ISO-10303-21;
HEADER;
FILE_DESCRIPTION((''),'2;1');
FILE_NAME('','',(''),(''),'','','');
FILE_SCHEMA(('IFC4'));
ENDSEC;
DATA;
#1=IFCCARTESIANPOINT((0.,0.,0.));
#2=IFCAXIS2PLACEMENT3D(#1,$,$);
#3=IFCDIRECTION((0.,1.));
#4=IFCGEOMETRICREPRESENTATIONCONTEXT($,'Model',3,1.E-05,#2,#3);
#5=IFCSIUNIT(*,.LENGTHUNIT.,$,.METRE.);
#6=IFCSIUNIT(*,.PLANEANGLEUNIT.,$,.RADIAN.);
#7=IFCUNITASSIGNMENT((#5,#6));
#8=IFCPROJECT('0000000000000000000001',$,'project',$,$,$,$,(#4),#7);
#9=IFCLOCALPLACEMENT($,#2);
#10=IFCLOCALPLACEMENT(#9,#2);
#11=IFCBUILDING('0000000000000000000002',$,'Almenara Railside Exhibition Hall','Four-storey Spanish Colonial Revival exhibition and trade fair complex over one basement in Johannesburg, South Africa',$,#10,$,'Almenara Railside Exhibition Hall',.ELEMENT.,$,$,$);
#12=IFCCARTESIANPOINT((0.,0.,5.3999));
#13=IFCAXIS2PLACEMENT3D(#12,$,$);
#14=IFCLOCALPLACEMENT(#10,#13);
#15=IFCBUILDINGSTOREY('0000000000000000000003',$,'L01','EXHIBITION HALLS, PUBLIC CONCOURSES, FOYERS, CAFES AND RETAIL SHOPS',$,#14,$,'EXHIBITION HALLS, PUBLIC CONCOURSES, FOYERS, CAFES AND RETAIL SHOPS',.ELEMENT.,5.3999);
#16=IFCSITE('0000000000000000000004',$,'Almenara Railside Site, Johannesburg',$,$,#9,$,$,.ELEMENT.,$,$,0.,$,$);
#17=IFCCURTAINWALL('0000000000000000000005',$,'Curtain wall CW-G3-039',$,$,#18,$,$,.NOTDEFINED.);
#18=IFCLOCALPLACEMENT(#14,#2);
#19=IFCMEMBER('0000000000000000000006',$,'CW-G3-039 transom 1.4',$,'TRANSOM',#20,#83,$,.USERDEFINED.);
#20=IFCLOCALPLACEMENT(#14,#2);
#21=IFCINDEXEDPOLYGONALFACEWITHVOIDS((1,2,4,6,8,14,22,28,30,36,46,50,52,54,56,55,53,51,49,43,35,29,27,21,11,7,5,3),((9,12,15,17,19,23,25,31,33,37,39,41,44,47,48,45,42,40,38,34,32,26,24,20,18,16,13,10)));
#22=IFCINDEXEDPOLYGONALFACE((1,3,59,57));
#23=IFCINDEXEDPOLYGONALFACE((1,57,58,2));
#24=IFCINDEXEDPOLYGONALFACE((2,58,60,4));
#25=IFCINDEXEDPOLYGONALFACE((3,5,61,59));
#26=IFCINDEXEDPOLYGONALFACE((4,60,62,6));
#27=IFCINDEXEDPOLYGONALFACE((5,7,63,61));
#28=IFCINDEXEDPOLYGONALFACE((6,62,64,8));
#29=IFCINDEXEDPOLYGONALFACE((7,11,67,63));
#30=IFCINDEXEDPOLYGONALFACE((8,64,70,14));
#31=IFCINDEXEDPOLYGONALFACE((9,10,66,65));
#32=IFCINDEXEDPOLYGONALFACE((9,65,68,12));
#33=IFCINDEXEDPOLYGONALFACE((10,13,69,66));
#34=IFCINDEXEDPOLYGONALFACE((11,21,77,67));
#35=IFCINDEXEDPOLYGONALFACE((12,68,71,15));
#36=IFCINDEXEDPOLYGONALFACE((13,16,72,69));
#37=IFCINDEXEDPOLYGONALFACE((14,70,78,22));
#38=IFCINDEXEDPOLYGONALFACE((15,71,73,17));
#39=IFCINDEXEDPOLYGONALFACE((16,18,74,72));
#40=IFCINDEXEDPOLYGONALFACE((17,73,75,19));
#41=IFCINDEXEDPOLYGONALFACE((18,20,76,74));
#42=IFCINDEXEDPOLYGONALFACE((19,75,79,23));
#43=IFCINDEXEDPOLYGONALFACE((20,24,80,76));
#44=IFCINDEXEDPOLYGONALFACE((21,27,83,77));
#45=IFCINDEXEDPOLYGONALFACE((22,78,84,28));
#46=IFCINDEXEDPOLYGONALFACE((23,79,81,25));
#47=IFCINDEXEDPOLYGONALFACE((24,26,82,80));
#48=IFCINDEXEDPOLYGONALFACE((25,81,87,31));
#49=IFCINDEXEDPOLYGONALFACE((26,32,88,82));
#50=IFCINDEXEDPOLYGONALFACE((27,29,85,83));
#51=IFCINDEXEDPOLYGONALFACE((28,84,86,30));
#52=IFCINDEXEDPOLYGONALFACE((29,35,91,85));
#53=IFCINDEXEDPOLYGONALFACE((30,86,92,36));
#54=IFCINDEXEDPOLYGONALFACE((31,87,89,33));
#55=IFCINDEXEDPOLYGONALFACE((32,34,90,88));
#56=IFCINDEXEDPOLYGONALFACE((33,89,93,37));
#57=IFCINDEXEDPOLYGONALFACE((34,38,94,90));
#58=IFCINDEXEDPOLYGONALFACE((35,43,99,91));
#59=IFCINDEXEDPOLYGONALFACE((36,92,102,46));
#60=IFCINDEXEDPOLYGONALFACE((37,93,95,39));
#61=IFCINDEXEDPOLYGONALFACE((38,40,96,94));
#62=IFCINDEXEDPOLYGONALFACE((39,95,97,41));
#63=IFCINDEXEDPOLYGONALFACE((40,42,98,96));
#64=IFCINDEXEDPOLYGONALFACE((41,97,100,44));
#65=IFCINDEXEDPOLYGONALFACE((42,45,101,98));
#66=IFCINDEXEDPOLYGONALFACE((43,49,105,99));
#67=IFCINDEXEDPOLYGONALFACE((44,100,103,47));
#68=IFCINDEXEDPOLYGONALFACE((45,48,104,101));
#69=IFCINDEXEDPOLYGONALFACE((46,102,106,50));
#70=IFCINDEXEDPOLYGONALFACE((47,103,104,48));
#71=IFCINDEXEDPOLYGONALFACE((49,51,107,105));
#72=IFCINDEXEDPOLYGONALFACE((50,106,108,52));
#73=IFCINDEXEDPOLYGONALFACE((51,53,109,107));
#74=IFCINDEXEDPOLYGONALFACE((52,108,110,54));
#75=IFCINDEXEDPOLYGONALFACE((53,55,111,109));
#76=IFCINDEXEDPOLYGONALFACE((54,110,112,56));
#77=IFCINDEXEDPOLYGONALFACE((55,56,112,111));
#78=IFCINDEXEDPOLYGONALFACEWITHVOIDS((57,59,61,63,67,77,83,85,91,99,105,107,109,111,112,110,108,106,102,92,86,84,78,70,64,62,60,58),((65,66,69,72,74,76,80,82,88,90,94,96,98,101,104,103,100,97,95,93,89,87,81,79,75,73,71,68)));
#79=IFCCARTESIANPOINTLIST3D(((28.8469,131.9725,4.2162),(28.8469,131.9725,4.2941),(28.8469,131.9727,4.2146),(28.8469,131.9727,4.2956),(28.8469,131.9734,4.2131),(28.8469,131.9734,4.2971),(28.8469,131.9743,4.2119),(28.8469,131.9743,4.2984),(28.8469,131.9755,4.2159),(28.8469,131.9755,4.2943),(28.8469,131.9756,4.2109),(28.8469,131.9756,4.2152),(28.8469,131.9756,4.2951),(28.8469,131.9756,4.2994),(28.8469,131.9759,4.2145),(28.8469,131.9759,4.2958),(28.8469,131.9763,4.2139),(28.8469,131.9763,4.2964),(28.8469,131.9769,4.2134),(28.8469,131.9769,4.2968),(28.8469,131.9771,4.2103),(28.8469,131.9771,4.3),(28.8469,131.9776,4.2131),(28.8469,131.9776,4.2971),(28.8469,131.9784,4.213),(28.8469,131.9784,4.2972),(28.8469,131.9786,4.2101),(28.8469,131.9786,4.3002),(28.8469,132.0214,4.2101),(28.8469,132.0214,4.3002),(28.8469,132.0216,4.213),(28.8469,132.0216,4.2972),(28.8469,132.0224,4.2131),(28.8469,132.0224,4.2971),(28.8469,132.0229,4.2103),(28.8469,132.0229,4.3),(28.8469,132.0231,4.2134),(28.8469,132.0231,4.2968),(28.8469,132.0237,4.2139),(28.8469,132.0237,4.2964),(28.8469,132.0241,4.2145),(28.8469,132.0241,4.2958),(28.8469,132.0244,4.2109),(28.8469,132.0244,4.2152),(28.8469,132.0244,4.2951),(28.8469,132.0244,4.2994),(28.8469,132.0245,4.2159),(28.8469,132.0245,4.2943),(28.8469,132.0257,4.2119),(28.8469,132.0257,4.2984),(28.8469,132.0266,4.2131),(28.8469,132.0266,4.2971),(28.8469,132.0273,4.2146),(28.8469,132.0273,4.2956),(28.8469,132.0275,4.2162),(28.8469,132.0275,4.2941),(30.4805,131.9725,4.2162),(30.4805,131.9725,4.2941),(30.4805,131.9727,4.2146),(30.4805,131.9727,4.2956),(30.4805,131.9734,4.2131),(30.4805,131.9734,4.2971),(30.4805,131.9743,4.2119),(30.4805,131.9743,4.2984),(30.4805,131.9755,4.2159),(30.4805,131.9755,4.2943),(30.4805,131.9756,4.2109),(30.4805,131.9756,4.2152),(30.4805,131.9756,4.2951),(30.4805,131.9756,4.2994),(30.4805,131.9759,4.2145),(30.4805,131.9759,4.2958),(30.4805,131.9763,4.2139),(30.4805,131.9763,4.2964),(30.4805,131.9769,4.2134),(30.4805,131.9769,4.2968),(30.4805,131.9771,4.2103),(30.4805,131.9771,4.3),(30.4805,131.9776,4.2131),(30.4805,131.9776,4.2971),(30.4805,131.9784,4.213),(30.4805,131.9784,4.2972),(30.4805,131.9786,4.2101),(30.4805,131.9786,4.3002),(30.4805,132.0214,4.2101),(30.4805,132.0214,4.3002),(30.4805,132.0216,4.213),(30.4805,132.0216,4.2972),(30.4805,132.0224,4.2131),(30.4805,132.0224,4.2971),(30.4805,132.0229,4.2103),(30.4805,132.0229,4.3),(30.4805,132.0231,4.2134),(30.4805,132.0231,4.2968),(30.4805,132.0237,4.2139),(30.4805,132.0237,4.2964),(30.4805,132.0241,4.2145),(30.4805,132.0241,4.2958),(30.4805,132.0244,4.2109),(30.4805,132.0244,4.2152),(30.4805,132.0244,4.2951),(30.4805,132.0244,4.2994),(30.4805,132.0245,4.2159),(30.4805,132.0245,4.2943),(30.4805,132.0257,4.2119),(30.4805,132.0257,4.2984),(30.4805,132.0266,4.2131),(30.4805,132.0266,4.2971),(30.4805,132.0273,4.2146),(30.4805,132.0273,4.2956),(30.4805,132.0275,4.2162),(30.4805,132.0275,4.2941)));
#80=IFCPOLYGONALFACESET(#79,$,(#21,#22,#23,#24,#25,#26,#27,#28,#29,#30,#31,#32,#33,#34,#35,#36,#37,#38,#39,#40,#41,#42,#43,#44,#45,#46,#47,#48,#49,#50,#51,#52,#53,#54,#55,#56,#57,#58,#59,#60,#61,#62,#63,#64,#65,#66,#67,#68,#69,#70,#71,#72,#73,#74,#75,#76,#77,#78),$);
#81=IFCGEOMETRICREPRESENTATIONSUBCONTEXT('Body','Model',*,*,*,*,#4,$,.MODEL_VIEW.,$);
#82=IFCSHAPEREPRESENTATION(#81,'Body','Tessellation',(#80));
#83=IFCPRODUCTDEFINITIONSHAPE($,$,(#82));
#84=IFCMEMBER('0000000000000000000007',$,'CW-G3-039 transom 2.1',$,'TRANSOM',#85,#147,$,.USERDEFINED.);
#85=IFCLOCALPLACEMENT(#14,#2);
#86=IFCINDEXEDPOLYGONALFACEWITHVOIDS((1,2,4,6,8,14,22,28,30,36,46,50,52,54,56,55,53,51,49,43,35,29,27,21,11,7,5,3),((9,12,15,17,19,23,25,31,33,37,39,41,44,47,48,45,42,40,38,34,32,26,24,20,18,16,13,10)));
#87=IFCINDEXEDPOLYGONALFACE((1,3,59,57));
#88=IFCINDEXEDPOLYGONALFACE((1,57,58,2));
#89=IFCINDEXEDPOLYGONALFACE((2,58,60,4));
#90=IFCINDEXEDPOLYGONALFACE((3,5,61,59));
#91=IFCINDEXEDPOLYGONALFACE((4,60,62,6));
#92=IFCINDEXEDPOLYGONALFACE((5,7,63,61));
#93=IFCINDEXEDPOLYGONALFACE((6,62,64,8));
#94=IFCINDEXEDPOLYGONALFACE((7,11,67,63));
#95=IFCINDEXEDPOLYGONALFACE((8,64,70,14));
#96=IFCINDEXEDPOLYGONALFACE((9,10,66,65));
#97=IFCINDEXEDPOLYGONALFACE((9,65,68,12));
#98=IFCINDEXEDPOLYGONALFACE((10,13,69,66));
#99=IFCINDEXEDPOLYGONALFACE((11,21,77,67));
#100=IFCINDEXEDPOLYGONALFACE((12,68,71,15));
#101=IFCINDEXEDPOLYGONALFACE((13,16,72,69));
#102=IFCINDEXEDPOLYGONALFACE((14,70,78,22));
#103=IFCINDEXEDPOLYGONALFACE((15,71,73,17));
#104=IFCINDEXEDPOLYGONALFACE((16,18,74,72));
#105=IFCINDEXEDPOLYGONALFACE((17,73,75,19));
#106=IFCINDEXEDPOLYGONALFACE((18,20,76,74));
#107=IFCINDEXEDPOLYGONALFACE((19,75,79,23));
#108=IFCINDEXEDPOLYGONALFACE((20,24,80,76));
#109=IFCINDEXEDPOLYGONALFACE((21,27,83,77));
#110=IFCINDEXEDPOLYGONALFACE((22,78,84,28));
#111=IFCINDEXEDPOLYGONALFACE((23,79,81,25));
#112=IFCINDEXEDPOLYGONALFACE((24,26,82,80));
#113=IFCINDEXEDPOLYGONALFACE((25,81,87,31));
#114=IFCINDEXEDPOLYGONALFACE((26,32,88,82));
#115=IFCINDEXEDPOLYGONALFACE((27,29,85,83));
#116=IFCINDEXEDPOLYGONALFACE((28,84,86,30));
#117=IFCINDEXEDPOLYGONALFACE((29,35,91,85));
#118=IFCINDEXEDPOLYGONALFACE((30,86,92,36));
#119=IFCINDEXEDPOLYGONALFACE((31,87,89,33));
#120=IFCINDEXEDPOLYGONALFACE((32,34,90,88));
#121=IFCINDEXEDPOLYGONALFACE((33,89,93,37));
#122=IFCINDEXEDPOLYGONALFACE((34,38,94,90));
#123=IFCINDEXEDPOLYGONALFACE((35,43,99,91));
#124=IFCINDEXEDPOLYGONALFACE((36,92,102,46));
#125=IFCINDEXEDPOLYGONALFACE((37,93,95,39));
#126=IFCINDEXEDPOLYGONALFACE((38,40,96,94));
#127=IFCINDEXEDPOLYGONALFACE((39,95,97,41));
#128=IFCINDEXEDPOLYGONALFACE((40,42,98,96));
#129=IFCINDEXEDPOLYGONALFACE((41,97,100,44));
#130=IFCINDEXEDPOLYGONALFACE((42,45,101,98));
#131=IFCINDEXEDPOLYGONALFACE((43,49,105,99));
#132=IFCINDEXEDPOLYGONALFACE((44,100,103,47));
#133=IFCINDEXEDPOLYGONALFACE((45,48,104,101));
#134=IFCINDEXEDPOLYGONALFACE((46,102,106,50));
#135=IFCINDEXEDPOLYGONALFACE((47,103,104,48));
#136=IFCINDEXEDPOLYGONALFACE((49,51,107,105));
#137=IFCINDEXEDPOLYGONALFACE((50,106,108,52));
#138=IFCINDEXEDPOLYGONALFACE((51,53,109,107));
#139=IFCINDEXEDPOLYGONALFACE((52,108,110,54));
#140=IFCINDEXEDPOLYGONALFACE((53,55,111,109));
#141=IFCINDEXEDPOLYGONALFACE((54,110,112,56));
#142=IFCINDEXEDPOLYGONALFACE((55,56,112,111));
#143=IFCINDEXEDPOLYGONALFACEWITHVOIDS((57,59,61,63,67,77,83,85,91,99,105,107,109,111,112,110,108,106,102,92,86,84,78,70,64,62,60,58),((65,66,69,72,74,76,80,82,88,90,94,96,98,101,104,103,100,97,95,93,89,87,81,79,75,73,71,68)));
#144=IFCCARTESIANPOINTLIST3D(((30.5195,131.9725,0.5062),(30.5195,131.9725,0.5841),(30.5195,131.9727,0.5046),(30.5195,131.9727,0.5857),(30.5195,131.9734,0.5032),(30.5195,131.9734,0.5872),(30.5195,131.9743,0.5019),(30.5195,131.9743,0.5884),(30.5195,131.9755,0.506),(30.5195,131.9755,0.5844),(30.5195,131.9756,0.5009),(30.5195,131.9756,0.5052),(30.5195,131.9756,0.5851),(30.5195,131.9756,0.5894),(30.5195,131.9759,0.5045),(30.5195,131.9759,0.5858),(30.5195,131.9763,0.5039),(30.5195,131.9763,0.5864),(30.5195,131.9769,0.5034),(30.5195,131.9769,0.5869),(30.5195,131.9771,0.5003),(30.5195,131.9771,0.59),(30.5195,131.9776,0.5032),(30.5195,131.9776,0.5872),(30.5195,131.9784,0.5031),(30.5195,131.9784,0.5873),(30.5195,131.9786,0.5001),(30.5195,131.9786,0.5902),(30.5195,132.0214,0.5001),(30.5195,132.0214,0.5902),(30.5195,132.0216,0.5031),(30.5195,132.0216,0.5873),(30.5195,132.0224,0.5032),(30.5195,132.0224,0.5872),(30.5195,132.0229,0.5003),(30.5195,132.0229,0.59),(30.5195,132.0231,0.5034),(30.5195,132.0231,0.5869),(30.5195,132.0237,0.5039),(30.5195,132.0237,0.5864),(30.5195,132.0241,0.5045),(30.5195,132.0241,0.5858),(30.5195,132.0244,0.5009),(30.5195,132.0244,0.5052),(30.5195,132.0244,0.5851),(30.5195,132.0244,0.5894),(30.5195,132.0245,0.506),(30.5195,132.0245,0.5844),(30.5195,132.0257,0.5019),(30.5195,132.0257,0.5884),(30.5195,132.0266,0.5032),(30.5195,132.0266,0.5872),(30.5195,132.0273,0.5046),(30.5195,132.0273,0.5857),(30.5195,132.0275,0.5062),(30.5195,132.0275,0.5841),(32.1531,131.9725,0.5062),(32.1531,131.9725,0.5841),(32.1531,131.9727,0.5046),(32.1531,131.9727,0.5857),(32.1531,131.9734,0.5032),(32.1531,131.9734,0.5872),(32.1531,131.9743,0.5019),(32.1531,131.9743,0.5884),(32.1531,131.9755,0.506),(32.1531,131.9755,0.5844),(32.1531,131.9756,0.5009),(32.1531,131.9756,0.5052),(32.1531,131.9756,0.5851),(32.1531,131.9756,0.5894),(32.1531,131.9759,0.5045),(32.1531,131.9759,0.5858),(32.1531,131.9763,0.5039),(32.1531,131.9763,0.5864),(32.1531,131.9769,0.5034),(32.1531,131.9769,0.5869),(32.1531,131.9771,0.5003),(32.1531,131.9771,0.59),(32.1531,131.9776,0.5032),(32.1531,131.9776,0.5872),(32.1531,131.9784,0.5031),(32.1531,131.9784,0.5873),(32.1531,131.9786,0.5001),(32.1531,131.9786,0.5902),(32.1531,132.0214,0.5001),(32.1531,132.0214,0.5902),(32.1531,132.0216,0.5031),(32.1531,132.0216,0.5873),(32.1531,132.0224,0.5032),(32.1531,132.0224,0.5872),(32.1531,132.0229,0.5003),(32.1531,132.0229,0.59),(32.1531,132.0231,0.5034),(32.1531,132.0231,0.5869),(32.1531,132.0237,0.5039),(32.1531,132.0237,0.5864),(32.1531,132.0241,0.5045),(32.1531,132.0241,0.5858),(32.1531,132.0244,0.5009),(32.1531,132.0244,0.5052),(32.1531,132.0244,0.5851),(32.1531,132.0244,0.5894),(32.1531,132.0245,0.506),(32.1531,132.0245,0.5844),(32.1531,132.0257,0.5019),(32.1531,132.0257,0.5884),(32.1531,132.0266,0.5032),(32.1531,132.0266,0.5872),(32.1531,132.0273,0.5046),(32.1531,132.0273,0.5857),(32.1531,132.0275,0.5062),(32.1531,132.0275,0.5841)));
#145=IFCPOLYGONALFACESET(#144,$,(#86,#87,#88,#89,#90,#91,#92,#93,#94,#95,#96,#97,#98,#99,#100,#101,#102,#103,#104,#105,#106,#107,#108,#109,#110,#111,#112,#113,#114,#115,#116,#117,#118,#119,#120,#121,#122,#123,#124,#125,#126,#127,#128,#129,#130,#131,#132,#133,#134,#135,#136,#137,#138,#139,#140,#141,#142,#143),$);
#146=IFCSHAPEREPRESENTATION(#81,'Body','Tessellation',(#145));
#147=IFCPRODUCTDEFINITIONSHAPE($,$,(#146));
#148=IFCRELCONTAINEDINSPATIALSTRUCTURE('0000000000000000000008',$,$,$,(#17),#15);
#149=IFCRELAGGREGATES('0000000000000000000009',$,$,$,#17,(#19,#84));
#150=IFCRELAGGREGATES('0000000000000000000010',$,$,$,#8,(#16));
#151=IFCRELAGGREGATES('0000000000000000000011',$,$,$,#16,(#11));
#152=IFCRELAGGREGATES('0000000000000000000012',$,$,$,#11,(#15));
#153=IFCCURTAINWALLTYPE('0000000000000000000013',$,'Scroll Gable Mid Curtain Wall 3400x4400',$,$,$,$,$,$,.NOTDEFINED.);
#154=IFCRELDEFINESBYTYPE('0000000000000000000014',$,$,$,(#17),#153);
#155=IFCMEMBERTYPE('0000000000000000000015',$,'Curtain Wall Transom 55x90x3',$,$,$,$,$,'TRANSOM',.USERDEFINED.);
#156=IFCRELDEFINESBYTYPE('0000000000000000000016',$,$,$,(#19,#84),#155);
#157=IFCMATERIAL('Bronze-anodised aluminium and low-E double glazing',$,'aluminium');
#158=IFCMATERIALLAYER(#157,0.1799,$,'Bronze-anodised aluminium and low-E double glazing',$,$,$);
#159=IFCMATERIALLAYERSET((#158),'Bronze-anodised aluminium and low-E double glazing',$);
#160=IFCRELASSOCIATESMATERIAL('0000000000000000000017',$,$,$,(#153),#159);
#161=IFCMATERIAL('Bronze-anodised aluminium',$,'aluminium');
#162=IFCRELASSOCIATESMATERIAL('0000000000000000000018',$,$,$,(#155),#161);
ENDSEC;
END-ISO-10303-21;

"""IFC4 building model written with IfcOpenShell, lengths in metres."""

from ifc_helpers import new_model, si_unit, direction, frame, origin, origin_2d, place, context, subcontext, project, spatial, hollow_rectangle, extrude, material, layer, layer_set, material_profile, profile_set, type_object, element, aggregate, save


model = new_model("IFC4")

# Units and contexts
model_context = context("Model", 3, precision=1e-05, world=origin(), true_north=direction((0.0, 1.0)))
body_context = subcontext(model_context, "Body", "Model", "MODEL_VIEW")
ifc_project = project(units=[si_unit("LENGTHUNIT", "METRE"), si_unit("PLANEANGLEUNIT", "RADIAN")], contexts=[model_context])

# Site, building, storey
site_placement = place(None, origin())
site = spatial("IfcSite", under=ifc_project, at=site_placement, Name="Almenara Railside Site, Johannesburg", CompositionType="ELEMENT", RefElevation=0.0)
building_placement = place(site_placement, origin())
building = spatial("IfcBuilding", under=site, at=building_placement, Name="Almenara Railside Exhibition Hall", Description="Four-storey Spanish Colonial Revival exhibition and trade fair complex over one basement in Johannesburg, South Africa", LongName="Almenara Railside Exhibition Hall", CompositionType="ELEMENT")
storey_placement = place(building_placement, frame((0.0, 0.0, 5.3999)))
storey = spatial("IfcBuildingStorey", under=building, at=storey_placement, Name="L01", Description="EXHIBITION HALLS, PUBLIC CONCOURSES, FOYERS, CAFES AND RETAIL SHOPS", LongName="EXHIBITION HALLS, PUBLIC CONCOURSES, FOYERS, CAFES AND RETAIL SHOPS", CompositionType="ELEMENT", Elevation=5.3999)

# Curtain wall
ifc_material_1 = material(Name="Bronze-anodised aluminium and low-E double glazing", Category="aluminium")
ifc_layer_1 = layer(ifc_material_1, 0.1799, Name="Bronze-anodised aluminium and low-E double glazing")
ifc_layer_set_1 = layer_set([ifc_layer_1], Name="Bronze-anodised aluminium and low-E double glazing")
curtain_wall_type_1 = type_object("IfcCurtainWallType", Name="Scroll Gable Mid Curtain Wall 3400x4400", PredefinedType="NOTDEFINED", material=ifc_layer_set_1)
curtain_wall_1_placement = place(storey_placement, origin())
curtain_wall_1 = element("IfcCurtainWall", 1, at=curtain_wall_1_placement, inside=storey, type_object=curtain_wall_type_1, Name="Curtain wall CW-G3-039", PredefinedType="NOTDEFINED")
ifc_material_2 = material(Name="Bronze-anodised aluminium", Category="aluminium")

# Members
ifc_material_profile_1 = material_profile(ifc_material_2, hollow_rectangle(XDim=0.0549, YDim=0.0901, WallThickness=0.0029, InnerFilletRadius=0.0029, OuterFilletRadius=0.0061, at=origin_2d()), Name="ALU-TRN 55x90x3")
ifc_profile_set_1 = profile_set([ifc_material_profile_1], Name="Bronze-anodised aluminium")
member_type_1 = type_object("IfcMemberType", Name="Curtain Wall Transom 55x90x3", ElementType="TRANSOM", PredefinedType="USERDEFINED", material=ifc_profile_set_1)
member_1_placement = place(storey_placement, frame((28.8469, 132.0, 4.2551), z_axis=(1.0, 0.0, 0.0), x_axis=(0.0, 1.0, 0.0)))
member_1 = element("IfcMember", 2, at=member_1_placement, type_object=member_type_1, Name="CW-G3-039 transom 1.4", ObjectType="TRANSOM", PredefinedType="USERDEFINED", context=body_context, shape_type="SweptSolid", body=[
    extrude(hollow_rectangle(XDim=0.0549, YDim=0.0901, WallThickness=0.0029, InnerFilletRadius=0.0029, OuterFilletRadius=0.0061, at=origin_2d()), origin(), (0.0, 0.0, 1.0), 1.6335),
])
member_2_placement = place(storey_placement, frame((30.5195, 132.0, 0.5452), z_axis=(1.0, 0.0, 0.0), x_axis=(0.0, 1.0, 0.0)))
member_2 = element("IfcMember", 3, at=member_2_placement, type_object=member_type_1, Name="CW-G3-039 transom 2.1", ObjectType="TRANSOM", PredefinedType="USERDEFINED", context=body_context, shape_type="SweptSolid", body=[
    extrude(hollow_rectangle(XDim=0.0549, YDim=0.0901, WallThickness=0.0029, InnerFilletRadius=0.0029, OuterFilletRadius=0.0061, at=origin_2d()), origin(), (0.0, 0.0, 1.0), 1.6335),
])

aggregate(curtain_wall_1, [member_1, member_2])

save(model, "model.ifc")
